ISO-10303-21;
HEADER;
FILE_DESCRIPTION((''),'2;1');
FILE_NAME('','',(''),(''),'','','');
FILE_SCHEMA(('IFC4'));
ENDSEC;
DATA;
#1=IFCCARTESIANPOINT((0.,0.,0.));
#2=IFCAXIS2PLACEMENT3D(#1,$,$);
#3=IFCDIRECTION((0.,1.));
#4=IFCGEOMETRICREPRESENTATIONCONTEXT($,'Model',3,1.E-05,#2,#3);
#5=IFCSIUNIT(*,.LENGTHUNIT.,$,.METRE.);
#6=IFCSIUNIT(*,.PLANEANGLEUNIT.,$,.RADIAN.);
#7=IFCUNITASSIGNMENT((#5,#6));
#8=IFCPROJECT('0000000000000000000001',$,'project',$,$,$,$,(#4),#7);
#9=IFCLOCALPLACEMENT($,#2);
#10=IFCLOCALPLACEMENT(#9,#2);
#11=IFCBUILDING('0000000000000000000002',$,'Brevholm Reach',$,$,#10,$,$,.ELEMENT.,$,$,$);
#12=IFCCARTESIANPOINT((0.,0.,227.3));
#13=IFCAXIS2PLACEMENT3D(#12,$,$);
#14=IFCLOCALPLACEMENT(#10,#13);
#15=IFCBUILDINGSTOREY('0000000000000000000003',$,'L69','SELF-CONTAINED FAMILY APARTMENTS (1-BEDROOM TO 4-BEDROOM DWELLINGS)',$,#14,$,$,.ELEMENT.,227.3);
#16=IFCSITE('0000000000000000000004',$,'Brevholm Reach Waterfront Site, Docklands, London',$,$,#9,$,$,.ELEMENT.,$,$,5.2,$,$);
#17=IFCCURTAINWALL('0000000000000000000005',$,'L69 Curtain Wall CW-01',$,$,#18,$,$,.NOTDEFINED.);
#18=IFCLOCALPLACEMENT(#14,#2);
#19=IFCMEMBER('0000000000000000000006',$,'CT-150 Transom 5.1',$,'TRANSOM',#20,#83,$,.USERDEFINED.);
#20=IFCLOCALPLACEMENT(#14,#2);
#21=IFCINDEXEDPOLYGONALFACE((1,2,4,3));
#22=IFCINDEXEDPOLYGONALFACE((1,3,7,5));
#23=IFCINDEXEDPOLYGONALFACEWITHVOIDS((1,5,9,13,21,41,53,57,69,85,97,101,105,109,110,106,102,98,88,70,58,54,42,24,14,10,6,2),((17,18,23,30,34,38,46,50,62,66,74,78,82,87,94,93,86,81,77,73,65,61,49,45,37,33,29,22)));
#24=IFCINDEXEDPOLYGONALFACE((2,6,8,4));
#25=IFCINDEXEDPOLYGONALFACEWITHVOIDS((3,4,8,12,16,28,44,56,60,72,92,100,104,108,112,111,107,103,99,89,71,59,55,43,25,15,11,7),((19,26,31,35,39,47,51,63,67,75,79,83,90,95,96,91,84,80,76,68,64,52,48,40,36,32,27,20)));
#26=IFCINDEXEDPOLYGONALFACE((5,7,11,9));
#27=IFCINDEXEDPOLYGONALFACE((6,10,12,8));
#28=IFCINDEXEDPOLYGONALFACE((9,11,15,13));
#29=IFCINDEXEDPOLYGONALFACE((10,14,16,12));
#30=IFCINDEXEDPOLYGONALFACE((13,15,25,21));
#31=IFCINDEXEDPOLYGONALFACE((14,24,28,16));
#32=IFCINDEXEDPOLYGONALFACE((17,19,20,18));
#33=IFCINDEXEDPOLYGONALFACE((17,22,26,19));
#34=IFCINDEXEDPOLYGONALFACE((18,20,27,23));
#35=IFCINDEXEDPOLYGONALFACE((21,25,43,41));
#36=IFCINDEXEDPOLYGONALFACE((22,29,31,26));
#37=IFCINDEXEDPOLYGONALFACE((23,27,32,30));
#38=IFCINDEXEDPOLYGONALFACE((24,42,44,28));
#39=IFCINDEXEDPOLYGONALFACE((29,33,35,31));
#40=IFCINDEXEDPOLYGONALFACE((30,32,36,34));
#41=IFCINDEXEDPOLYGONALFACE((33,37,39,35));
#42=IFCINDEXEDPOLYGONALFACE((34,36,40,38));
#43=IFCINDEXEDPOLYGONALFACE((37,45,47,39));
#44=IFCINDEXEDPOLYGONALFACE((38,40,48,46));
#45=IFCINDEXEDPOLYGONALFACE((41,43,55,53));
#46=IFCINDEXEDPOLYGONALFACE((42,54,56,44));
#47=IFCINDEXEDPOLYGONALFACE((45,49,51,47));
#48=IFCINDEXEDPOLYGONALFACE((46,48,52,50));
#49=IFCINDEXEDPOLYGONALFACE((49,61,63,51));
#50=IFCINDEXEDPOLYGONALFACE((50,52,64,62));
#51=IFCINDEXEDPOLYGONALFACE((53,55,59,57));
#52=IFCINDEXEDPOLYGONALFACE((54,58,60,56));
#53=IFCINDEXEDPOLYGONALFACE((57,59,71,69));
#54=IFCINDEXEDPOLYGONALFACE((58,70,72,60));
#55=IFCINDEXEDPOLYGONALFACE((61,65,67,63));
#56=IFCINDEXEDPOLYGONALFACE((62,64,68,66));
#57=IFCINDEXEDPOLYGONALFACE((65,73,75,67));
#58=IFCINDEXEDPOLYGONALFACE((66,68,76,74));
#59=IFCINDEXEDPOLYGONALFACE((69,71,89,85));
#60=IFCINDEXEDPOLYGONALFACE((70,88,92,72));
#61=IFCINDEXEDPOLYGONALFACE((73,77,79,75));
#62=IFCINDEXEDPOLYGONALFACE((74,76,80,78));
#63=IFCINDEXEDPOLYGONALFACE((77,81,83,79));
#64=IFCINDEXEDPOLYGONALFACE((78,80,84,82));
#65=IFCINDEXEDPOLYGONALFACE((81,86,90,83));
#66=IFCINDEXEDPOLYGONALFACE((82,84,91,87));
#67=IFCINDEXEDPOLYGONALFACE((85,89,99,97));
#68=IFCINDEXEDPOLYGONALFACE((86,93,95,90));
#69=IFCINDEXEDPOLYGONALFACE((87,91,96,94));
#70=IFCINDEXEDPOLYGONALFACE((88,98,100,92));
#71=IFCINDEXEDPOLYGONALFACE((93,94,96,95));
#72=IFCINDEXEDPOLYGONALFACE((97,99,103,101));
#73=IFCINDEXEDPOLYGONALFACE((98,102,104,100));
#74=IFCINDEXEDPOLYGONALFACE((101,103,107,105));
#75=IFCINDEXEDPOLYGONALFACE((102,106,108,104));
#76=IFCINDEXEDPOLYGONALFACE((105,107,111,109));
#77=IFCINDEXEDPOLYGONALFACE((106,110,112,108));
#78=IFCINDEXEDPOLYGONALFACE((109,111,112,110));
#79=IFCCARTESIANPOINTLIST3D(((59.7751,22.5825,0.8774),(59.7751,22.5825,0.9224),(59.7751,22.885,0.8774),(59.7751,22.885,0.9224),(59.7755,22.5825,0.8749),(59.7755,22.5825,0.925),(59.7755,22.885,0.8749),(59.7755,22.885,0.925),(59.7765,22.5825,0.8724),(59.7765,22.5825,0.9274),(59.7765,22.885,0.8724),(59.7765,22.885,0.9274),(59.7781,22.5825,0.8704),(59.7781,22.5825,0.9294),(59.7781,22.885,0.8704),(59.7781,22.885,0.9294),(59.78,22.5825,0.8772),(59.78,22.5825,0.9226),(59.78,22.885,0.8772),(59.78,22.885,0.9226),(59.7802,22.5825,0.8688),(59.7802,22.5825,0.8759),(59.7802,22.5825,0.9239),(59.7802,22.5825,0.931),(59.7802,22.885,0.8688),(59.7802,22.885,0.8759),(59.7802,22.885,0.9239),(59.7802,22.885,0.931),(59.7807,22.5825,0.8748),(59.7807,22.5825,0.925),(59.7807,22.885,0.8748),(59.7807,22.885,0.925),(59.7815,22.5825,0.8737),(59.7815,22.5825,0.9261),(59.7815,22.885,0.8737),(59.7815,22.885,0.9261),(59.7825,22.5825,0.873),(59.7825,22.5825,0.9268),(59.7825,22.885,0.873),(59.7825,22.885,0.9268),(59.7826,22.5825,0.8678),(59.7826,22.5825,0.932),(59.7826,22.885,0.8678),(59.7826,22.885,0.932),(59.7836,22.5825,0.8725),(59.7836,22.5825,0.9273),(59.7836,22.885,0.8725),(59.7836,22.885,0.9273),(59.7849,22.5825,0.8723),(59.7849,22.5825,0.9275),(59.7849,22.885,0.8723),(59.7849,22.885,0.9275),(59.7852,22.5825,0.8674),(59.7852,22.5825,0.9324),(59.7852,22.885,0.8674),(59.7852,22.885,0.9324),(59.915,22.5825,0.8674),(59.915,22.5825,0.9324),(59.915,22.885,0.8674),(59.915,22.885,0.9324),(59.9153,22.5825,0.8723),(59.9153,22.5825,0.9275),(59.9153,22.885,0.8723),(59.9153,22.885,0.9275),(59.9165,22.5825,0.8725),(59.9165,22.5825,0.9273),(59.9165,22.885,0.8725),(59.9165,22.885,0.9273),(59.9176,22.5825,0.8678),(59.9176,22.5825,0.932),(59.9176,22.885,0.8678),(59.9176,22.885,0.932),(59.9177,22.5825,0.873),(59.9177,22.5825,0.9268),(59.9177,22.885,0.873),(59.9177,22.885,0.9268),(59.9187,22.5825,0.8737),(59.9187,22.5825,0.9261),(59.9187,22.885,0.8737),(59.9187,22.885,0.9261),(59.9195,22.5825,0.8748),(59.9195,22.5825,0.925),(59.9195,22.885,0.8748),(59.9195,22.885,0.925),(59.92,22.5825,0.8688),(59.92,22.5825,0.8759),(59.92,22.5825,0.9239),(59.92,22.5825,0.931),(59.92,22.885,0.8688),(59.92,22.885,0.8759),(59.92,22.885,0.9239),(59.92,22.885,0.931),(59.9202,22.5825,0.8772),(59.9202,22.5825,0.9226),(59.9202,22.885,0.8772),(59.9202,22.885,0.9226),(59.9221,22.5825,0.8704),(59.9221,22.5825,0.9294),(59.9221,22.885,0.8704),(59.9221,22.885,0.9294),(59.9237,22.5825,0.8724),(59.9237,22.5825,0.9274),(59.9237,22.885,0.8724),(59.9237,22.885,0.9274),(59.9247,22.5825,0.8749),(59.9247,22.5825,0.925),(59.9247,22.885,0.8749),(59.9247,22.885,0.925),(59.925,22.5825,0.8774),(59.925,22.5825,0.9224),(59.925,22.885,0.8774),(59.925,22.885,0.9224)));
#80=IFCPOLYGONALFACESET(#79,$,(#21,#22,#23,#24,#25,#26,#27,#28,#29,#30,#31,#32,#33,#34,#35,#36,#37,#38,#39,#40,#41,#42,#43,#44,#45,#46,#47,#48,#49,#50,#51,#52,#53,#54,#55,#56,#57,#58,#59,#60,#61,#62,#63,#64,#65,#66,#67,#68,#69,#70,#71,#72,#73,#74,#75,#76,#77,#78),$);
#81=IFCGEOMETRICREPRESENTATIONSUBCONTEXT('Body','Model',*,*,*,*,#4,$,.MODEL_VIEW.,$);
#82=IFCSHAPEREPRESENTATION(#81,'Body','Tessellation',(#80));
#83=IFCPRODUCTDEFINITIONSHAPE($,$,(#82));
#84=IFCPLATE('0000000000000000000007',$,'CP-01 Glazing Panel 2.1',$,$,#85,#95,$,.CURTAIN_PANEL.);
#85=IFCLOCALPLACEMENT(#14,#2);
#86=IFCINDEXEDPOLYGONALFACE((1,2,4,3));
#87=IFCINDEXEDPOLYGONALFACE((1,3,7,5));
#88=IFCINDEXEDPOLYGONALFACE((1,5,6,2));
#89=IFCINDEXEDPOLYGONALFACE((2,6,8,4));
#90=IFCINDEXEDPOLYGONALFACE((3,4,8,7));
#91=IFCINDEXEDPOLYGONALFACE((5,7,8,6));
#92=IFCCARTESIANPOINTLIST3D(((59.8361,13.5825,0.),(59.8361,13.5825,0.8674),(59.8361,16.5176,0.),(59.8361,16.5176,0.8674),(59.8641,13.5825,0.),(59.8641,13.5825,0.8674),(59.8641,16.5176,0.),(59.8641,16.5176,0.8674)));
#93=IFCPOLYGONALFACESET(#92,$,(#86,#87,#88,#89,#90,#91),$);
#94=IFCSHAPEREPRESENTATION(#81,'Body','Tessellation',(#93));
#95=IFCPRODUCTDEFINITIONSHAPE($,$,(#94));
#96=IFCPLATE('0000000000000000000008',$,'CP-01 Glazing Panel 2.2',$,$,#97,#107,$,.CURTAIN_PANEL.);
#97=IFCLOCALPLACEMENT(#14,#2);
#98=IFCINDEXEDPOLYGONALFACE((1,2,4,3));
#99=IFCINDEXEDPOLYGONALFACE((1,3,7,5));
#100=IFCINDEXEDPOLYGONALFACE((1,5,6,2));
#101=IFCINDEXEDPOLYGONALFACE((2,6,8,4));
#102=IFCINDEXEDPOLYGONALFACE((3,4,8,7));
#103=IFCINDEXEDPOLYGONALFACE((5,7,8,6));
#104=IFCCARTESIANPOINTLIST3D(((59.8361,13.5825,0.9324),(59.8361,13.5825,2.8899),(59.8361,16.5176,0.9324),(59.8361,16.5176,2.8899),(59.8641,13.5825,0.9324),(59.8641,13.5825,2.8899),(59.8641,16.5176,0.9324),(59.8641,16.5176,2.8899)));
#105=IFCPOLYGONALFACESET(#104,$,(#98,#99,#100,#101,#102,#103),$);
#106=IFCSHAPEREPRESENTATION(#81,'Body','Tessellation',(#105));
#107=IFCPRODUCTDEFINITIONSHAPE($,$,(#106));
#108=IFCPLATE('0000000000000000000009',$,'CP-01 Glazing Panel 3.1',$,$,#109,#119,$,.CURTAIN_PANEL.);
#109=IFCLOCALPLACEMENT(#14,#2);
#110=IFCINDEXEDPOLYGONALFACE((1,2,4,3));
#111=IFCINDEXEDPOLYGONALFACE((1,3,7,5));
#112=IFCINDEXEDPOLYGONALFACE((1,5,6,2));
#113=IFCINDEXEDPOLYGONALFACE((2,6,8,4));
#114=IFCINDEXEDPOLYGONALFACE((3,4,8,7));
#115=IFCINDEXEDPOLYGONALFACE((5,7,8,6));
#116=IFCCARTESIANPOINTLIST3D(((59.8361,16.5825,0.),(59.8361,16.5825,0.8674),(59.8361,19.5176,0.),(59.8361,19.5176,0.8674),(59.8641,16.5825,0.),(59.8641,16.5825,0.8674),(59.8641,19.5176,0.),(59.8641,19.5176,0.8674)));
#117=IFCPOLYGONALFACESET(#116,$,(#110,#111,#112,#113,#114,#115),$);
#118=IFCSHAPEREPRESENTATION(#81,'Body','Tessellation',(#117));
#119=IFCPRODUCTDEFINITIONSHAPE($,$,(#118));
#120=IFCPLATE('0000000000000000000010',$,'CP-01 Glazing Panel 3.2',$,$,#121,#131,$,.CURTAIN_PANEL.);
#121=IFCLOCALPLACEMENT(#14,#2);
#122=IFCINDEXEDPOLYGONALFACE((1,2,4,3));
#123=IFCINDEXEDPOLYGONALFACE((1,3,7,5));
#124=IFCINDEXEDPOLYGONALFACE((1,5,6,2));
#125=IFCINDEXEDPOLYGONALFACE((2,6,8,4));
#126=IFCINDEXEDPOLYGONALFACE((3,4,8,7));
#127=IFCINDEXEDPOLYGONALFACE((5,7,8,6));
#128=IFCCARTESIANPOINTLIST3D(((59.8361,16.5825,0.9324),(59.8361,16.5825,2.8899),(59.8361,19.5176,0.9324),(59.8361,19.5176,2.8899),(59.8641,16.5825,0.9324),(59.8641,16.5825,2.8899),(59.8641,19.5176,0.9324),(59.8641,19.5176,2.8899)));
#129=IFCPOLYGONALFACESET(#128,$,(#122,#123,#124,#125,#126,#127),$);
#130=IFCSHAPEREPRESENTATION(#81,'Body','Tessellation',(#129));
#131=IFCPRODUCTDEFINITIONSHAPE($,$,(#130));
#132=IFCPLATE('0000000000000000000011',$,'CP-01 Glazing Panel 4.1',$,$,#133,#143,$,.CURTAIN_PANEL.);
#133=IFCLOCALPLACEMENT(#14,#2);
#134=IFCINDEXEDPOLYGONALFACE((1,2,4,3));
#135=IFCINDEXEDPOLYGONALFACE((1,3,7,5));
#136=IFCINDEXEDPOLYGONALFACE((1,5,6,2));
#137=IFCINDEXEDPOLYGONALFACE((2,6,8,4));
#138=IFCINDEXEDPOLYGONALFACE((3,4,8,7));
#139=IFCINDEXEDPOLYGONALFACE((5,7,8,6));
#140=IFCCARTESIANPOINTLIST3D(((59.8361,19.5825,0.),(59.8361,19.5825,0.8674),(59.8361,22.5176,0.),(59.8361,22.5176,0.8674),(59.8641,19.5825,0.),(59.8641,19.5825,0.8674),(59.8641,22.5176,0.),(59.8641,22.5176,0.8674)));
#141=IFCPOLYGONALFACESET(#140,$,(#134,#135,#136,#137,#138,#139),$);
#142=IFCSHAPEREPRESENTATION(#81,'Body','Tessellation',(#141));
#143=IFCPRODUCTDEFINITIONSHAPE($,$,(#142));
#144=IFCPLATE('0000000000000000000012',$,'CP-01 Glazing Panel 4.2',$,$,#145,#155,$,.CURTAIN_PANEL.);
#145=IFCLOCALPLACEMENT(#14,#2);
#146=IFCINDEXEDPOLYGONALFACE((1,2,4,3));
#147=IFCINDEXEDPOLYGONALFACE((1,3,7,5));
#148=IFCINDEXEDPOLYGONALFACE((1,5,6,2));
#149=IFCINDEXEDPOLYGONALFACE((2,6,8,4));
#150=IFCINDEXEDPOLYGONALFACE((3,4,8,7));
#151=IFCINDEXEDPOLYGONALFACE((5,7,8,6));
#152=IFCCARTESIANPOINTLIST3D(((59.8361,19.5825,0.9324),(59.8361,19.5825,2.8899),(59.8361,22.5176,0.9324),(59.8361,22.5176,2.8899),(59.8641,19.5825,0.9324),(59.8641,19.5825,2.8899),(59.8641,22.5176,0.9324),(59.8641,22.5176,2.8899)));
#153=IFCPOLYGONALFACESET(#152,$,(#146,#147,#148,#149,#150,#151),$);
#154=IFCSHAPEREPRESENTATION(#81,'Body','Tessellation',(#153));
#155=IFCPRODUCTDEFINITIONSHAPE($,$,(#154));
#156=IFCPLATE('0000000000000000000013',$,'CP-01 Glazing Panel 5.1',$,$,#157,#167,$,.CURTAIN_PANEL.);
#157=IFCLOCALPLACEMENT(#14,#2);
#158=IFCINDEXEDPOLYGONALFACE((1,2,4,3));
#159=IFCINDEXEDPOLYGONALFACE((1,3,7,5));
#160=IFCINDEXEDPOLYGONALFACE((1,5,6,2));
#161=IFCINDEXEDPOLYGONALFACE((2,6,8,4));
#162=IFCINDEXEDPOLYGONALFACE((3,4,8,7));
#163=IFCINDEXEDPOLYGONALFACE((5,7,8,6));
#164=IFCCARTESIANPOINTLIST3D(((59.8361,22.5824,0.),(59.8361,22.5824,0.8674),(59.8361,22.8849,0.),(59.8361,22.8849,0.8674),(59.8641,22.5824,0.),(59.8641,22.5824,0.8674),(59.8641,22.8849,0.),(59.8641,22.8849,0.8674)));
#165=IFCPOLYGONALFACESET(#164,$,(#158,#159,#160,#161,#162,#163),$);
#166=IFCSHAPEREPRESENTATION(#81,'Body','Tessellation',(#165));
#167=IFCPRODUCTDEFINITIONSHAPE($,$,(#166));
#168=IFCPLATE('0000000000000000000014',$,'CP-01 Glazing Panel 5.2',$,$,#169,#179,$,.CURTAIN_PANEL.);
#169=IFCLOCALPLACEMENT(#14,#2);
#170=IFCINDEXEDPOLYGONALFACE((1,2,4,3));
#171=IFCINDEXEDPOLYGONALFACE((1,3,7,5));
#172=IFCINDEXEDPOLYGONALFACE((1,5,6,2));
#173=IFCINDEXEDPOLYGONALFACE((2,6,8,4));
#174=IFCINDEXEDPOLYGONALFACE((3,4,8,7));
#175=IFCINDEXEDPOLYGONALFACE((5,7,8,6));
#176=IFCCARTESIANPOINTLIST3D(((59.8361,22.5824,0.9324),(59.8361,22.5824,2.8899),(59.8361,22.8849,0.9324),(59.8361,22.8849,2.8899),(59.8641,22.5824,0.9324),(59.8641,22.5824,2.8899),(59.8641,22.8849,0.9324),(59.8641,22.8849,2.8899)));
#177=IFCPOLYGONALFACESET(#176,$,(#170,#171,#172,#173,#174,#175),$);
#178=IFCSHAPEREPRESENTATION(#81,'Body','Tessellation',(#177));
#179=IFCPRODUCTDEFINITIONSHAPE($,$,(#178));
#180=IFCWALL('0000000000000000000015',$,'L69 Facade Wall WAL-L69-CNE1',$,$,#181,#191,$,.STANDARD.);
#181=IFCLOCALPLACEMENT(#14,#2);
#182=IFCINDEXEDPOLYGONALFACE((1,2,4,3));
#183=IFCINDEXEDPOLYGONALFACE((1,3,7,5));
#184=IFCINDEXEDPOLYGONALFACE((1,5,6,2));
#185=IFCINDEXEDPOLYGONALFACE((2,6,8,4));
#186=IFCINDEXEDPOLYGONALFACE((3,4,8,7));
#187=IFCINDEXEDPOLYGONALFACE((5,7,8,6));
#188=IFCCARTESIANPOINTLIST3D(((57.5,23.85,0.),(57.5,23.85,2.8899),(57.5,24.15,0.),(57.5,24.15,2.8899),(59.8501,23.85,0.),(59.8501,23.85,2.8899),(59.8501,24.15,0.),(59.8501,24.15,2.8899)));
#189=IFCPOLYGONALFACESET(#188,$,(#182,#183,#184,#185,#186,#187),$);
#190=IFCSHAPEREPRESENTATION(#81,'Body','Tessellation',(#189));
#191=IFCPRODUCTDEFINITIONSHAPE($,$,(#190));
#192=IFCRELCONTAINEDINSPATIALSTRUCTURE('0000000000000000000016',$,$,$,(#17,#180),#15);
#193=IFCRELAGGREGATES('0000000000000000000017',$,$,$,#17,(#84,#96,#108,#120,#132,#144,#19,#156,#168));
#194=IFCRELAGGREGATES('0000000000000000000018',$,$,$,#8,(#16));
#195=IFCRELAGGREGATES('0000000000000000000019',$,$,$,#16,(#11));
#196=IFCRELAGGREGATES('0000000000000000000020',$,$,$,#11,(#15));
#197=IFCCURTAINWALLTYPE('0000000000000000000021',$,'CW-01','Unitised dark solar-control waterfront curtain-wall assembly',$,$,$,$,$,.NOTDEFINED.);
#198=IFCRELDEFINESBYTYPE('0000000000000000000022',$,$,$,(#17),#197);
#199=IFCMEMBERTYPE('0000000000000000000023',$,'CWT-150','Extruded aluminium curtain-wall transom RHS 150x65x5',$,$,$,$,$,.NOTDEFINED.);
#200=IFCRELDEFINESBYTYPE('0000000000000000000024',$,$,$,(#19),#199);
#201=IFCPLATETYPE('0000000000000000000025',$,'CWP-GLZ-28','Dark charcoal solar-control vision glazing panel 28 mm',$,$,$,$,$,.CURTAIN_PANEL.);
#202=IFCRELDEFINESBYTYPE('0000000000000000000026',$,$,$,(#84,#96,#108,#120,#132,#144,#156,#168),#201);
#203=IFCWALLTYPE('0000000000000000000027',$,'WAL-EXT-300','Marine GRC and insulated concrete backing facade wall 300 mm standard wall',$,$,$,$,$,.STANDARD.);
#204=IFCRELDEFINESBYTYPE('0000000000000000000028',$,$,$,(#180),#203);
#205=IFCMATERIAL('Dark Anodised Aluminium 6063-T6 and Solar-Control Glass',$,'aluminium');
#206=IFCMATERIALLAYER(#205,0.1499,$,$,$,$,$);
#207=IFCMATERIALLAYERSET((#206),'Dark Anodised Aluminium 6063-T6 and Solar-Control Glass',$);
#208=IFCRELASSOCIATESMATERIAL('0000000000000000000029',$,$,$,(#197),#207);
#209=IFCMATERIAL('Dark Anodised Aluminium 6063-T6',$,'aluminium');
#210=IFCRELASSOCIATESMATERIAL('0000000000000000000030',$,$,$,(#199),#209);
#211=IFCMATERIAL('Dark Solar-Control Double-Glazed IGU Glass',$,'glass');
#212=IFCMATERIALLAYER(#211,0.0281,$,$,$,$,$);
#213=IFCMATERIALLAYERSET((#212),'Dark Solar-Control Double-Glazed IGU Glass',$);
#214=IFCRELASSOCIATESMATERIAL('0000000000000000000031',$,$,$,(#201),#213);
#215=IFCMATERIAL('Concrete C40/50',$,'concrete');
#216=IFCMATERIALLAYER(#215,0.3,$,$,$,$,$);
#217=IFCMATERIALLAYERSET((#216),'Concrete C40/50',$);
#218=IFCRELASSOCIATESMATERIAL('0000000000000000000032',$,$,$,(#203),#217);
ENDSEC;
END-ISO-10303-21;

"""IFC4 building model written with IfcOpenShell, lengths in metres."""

from ifc_helpers import new_model, si_unit, direction, frame, frame_2d, origin, origin_2d, place, context, subcontext, project, spatial, rectangle, hollow_rectangle, extrude, material, layer, layer_set, material_profile, profile_set, type_object, element, aggregate, save


model = new_model("IFC4")

# Units and contexts
model_context = context("Model", 3, precision=1e-05, world=origin(), true_north=direction((0.0, 1.0)))
body_context = subcontext(model_context, "Body", "Model", "MODEL_VIEW")
ifc_project = project(units=[si_unit("LENGTHUNIT", "METRE"), si_unit("PLANEANGLEUNIT", "RADIAN")], contexts=[model_context])

# Site, building, storey
site_placement = place(None, origin())
site = spatial("IfcSite", under=ifc_project, at=site_placement, Name="Brevholm Reach Waterfront Site, Docklands, London", CompositionType="ELEMENT", RefElevation=5.2)
building_placement = place(site_placement, origin())
building = spatial("IfcBuilding", under=site, at=building_placement, Name="Brevholm Reach", CompositionType="ELEMENT")
storey_placement = place(building_placement, frame((0.0, 0.0, 227.3)))
storey = spatial("IfcBuildingStorey", under=building, at=storey_placement, Name="L69", Description="SELF-CONTAINED FAMILY APARTMENTS (1-BEDROOM TO 4-BEDROOM DWELLINGS)", CompositionType="ELEMENT", Elevation=227.3)

# Curtain wall, member, plates
ifc_material_1 = material(Name="Dark Anodised Aluminium 6063-T6 and Solar-Control Glass", Category="aluminium")
ifc_layer_1 = layer(ifc_material_1, 0.1499)
ifc_layer_set_1 = layer_set([ifc_layer_1], Name="Dark Anodised Aluminium 6063-T6 and Solar-Control Glass")
curtain_wall_type = type_object("IfcCurtainWallType", Name="CW-01", Description="Unitised dark solar-control waterfront curtain-wall assembly", PredefinedType="NOTDEFINED", material=ifc_layer_set_1)
curtain_wall_placement = place(storey_placement, origin())
curtain_wall = element("IfcCurtainWall", 1, at=curtain_wall_placement, inside=storey, type_object=curtain_wall_type, Name="L69 Curtain Wall CW-01", PredefinedType="NOTDEFINED")
ifc_material_2 = material(Name="Dark Anodised Aluminium 6063-T6", Category="aluminium")
ifc_material_profile_1 = material_profile(ifc_material_2, hollow_rectangle(XDim=0.0649, YDim=0.1499, WallThickness=0.0049, InnerFilletRadius=0.0049, OuterFilletRadius=0.01, at=origin_2d()), Name="RHS 150x65x5")
ifc_profile_set_1 = profile_set([ifc_material_profile_1], Name="Dark Anodised Aluminium 6063-T6")
member_type_1 = type_object("IfcMemberType", Name="CWT-150", Description="Extruded aluminium curtain-wall transom RHS 150x65x5", PredefinedType="NOTDEFINED", material=ifc_profile_set_1)
member_1_placement = place(storey_placement, frame((59.8501, 22.5825, 0.8999), z_axis=(0.0, 1.0, 0.0), x_axis=(0.0, 0.0, 1.0)))
member_1 = element("IfcMember", 2, at=member_1_placement, type_object=member_type_1, Name="CT-150 Transom 5.1", ObjectType="TRANSOM", PredefinedType="USERDEFINED", context=body_context, shape_type="SweptSolid", body=[
    extrude(hollow_rectangle(XDim=0.0649, YDim=0.1499, WallThickness=0.0049, InnerFilletRadius=0.0049, OuterFilletRadius=0.01, at=origin_2d()), origin(), (0.0, 0.0, 1.0), 0.3025),
])
ifc_material_3 = material(Name="Dark Solar-Control Double-Glazed IGU Glass", Category="glass")
ifc_layer_2 = layer(ifc_material_3, 0.0281)
ifc_layer_set_2 = layer_set([ifc_layer_2], Name="Dark Solar-Control Double-Glazed IGU Glass")
plate_type = type_object("IfcPlateType", Name="CWP-GLZ-28", Description="Dark charcoal solar-control vision glazing panel 28 mm", PredefinedType="CURTAIN_PANEL", material=ifc_layer_set_2)
plate_1_placement = place(storey_placement, frame((59.8501, 15.05, 0.0), z_axis=(0.0, 0.0, 1.0), x_axis=(0.0, 1.0, 0.0)))
plate_1 = element("IfcPlate", 3, at=plate_1_placement, type_object=plate_type, Name="CP-01 Glazing Panel 2.1", PredefinedType="CURTAIN_PANEL", context=body_context, shape_type="SweptSolid", body=[
    extrude(rectangle(XDim=2.9351, YDim=0.0281, at=origin_2d()), origin(), (0.0, 0.0, 1.0), 0.8674),
])
plate_2_placement = place(storey_placement, frame((59.8501, 15.05, 0.9324), z_axis=(0.0, 0.0, 1.0), x_axis=(0.0, 1.0, 0.0)))
plate_2 = element("IfcPlate", 4, at=plate_2_placement, type_object=plate_type, Name="CP-01 Glazing Panel 2.2", PredefinedType="CURTAIN_PANEL", context=body_context, shape_type="SweptSolid", body=[
    extrude(rectangle(XDim=2.9351, YDim=0.0281, at=origin_2d()), origin(), (0.0, 0.0, 1.0), 1.9575),
])
plate_3_placement = place(storey_placement, frame((59.8501, 18.05, 0.0), z_axis=(0.0, 0.0, 1.0), x_axis=(0.0, 1.0, 0.0)))
plate_3 = element("IfcPlate", 5, at=plate_3_placement, type_object=plate_type, Name="CP-01 Glazing Panel 3.1", PredefinedType="CURTAIN_PANEL", context=body_context, shape_type="SweptSolid", body=[
    extrude(rectangle(XDim=2.9351, YDim=0.0281, at=origin_2d()), origin(), (0.0, 0.0, 1.0), 0.8674),
])
plate_4_placement = place(storey_placement, frame((59.8501, 18.05, 0.9324), z_axis=(0.0, 0.0, 1.0), x_axis=(0.0, 1.0, 0.0)))
plate_4 = element("IfcPlate", 6, at=plate_4_placement, type_object=plate_type, Name="CP-01 Glazing Panel 3.2", PredefinedType="CURTAIN_PANEL", context=body_context, shape_type="SweptSolid", body=[
    extrude(rectangle(XDim=2.9351, YDim=0.0281, at=origin_2d()), origin(), (0.0, 0.0, 1.0), 1.9575),
])
plate_5_placement = place(storey_placement, frame((59.8501, 21.05, 0.0), z_axis=(0.0, 0.0, 1.0), x_axis=(0.0, 1.0, 0.0)))
plate_5 = element("IfcPlate", 7, at=plate_5_placement, type_object=plate_type, Name="CP-01 Glazing Panel 4.1", PredefinedType="CURTAIN_PANEL", context=body_context, shape_type="SweptSolid", body=[
    extrude(rectangle(XDim=2.9351, YDim=0.0281, at=origin_2d()), origin(), (0.0, 0.0, 1.0), 0.8674),
])
plate_6_placement = place(storey_placement, frame((59.8501, 21.05, 0.9324), z_axis=(0.0, 0.0, 1.0), x_axis=(0.0, 1.0, 0.0)))
plate_6 = element("IfcPlate", 8, at=plate_6_placement, type_object=plate_type, Name="CP-01 Glazing Panel 4.2", PredefinedType="CURTAIN_PANEL", context=body_context, shape_type="SweptSolid", body=[
    extrude(rectangle(XDim=2.9351, YDim=0.0281, at=origin_2d()), origin(), (0.0, 0.0, 1.0), 1.9575),
])
plate_7_placement = place(storey_placement, frame((59.8501, 22.7336, 0.0), z_axis=(0.0, 0.0, 1.0), x_axis=(0.0, 1.0, 0.0)))
plate_7 = element("IfcPlate", 9, at=plate_7_placement, type_object=plate_type, Name="CP-01 Glazing Panel 5.1", PredefinedType="CURTAIN_PANEL", context=body_context, shape_type="SweptSolid", body=[
    extrude(rectangle(XDim=0.3025, YDim=0.0281, at=origin_2d()), origin(), (0.0, 0.0, 1.0), 0.8674),
])
plate_8_placement = place(storey_placement, frame((59.8501, 22.7336, 0.9324), z_axis=(0.0, 0.0, 1.0), x_axis=(0.0, 1.0, 0.0)))
plate_8 = element("IfcPlate", 10, at=plate_8_placement, type_object=plate_type, Name="CP-01 Glazing Panel 5.2", PredefinedType="CURTAIN_PANEL", context=body_context, shape_type="SweptSolid", body=[
    extrude(rectangle(XDim=0.3025, YDim=0.0281, at=origin_2d()), origin(), (0.0, 0.0, 1.0), 1.9575),
])
aggregate(curtain_wall, [plate_1, plate_2, plate_3, plate_4, plate_5, plate_6, member_1, plate_7, plate_8])

# Wall
ifc_material_4 = material(Name="Concrete C40/50", Category="concrete")
ifc_layer_3 = layer(ifc_material_4, 0.3)
ifc_layer_set_3 = layer_set([ifc_layer_3], Name="Concrete C40/50")
wall_type_1 = type_object("IfcWallType", Name="WAL-EXT-300", Description="Marine GRC and insulated concrete backing facade wall 300 mm standard wall", PredefinedType="STANDARD", material=ifc_layer_set_3)
for number, where, z_axis, x_axis, name in (
    (11, (59.8501, 24.0, 0.0), (0.0, 0.0, 1.0), (-1.0, 0.0, 0.0), "L69 Facade Wall WAL-L69-CNE1"),
):
    element("IfcWall", number, at=place(storey_placement, frame(where, z_axis=z_axis, x_axis=x_axis)), inside=storey, type_object=wall_type_1, Name=name, PredefinedType="STANDARD", context=body_context, shape_type="SweptSolid", body=[
        extrude(rectangle(XDim=2.3501, YDim=0.3, at=frame_2d((1.175, 0.0))), origin(), (0.0, 0.0, 1.0), 2.8899),
    ])

save(model, "model.ifc")
